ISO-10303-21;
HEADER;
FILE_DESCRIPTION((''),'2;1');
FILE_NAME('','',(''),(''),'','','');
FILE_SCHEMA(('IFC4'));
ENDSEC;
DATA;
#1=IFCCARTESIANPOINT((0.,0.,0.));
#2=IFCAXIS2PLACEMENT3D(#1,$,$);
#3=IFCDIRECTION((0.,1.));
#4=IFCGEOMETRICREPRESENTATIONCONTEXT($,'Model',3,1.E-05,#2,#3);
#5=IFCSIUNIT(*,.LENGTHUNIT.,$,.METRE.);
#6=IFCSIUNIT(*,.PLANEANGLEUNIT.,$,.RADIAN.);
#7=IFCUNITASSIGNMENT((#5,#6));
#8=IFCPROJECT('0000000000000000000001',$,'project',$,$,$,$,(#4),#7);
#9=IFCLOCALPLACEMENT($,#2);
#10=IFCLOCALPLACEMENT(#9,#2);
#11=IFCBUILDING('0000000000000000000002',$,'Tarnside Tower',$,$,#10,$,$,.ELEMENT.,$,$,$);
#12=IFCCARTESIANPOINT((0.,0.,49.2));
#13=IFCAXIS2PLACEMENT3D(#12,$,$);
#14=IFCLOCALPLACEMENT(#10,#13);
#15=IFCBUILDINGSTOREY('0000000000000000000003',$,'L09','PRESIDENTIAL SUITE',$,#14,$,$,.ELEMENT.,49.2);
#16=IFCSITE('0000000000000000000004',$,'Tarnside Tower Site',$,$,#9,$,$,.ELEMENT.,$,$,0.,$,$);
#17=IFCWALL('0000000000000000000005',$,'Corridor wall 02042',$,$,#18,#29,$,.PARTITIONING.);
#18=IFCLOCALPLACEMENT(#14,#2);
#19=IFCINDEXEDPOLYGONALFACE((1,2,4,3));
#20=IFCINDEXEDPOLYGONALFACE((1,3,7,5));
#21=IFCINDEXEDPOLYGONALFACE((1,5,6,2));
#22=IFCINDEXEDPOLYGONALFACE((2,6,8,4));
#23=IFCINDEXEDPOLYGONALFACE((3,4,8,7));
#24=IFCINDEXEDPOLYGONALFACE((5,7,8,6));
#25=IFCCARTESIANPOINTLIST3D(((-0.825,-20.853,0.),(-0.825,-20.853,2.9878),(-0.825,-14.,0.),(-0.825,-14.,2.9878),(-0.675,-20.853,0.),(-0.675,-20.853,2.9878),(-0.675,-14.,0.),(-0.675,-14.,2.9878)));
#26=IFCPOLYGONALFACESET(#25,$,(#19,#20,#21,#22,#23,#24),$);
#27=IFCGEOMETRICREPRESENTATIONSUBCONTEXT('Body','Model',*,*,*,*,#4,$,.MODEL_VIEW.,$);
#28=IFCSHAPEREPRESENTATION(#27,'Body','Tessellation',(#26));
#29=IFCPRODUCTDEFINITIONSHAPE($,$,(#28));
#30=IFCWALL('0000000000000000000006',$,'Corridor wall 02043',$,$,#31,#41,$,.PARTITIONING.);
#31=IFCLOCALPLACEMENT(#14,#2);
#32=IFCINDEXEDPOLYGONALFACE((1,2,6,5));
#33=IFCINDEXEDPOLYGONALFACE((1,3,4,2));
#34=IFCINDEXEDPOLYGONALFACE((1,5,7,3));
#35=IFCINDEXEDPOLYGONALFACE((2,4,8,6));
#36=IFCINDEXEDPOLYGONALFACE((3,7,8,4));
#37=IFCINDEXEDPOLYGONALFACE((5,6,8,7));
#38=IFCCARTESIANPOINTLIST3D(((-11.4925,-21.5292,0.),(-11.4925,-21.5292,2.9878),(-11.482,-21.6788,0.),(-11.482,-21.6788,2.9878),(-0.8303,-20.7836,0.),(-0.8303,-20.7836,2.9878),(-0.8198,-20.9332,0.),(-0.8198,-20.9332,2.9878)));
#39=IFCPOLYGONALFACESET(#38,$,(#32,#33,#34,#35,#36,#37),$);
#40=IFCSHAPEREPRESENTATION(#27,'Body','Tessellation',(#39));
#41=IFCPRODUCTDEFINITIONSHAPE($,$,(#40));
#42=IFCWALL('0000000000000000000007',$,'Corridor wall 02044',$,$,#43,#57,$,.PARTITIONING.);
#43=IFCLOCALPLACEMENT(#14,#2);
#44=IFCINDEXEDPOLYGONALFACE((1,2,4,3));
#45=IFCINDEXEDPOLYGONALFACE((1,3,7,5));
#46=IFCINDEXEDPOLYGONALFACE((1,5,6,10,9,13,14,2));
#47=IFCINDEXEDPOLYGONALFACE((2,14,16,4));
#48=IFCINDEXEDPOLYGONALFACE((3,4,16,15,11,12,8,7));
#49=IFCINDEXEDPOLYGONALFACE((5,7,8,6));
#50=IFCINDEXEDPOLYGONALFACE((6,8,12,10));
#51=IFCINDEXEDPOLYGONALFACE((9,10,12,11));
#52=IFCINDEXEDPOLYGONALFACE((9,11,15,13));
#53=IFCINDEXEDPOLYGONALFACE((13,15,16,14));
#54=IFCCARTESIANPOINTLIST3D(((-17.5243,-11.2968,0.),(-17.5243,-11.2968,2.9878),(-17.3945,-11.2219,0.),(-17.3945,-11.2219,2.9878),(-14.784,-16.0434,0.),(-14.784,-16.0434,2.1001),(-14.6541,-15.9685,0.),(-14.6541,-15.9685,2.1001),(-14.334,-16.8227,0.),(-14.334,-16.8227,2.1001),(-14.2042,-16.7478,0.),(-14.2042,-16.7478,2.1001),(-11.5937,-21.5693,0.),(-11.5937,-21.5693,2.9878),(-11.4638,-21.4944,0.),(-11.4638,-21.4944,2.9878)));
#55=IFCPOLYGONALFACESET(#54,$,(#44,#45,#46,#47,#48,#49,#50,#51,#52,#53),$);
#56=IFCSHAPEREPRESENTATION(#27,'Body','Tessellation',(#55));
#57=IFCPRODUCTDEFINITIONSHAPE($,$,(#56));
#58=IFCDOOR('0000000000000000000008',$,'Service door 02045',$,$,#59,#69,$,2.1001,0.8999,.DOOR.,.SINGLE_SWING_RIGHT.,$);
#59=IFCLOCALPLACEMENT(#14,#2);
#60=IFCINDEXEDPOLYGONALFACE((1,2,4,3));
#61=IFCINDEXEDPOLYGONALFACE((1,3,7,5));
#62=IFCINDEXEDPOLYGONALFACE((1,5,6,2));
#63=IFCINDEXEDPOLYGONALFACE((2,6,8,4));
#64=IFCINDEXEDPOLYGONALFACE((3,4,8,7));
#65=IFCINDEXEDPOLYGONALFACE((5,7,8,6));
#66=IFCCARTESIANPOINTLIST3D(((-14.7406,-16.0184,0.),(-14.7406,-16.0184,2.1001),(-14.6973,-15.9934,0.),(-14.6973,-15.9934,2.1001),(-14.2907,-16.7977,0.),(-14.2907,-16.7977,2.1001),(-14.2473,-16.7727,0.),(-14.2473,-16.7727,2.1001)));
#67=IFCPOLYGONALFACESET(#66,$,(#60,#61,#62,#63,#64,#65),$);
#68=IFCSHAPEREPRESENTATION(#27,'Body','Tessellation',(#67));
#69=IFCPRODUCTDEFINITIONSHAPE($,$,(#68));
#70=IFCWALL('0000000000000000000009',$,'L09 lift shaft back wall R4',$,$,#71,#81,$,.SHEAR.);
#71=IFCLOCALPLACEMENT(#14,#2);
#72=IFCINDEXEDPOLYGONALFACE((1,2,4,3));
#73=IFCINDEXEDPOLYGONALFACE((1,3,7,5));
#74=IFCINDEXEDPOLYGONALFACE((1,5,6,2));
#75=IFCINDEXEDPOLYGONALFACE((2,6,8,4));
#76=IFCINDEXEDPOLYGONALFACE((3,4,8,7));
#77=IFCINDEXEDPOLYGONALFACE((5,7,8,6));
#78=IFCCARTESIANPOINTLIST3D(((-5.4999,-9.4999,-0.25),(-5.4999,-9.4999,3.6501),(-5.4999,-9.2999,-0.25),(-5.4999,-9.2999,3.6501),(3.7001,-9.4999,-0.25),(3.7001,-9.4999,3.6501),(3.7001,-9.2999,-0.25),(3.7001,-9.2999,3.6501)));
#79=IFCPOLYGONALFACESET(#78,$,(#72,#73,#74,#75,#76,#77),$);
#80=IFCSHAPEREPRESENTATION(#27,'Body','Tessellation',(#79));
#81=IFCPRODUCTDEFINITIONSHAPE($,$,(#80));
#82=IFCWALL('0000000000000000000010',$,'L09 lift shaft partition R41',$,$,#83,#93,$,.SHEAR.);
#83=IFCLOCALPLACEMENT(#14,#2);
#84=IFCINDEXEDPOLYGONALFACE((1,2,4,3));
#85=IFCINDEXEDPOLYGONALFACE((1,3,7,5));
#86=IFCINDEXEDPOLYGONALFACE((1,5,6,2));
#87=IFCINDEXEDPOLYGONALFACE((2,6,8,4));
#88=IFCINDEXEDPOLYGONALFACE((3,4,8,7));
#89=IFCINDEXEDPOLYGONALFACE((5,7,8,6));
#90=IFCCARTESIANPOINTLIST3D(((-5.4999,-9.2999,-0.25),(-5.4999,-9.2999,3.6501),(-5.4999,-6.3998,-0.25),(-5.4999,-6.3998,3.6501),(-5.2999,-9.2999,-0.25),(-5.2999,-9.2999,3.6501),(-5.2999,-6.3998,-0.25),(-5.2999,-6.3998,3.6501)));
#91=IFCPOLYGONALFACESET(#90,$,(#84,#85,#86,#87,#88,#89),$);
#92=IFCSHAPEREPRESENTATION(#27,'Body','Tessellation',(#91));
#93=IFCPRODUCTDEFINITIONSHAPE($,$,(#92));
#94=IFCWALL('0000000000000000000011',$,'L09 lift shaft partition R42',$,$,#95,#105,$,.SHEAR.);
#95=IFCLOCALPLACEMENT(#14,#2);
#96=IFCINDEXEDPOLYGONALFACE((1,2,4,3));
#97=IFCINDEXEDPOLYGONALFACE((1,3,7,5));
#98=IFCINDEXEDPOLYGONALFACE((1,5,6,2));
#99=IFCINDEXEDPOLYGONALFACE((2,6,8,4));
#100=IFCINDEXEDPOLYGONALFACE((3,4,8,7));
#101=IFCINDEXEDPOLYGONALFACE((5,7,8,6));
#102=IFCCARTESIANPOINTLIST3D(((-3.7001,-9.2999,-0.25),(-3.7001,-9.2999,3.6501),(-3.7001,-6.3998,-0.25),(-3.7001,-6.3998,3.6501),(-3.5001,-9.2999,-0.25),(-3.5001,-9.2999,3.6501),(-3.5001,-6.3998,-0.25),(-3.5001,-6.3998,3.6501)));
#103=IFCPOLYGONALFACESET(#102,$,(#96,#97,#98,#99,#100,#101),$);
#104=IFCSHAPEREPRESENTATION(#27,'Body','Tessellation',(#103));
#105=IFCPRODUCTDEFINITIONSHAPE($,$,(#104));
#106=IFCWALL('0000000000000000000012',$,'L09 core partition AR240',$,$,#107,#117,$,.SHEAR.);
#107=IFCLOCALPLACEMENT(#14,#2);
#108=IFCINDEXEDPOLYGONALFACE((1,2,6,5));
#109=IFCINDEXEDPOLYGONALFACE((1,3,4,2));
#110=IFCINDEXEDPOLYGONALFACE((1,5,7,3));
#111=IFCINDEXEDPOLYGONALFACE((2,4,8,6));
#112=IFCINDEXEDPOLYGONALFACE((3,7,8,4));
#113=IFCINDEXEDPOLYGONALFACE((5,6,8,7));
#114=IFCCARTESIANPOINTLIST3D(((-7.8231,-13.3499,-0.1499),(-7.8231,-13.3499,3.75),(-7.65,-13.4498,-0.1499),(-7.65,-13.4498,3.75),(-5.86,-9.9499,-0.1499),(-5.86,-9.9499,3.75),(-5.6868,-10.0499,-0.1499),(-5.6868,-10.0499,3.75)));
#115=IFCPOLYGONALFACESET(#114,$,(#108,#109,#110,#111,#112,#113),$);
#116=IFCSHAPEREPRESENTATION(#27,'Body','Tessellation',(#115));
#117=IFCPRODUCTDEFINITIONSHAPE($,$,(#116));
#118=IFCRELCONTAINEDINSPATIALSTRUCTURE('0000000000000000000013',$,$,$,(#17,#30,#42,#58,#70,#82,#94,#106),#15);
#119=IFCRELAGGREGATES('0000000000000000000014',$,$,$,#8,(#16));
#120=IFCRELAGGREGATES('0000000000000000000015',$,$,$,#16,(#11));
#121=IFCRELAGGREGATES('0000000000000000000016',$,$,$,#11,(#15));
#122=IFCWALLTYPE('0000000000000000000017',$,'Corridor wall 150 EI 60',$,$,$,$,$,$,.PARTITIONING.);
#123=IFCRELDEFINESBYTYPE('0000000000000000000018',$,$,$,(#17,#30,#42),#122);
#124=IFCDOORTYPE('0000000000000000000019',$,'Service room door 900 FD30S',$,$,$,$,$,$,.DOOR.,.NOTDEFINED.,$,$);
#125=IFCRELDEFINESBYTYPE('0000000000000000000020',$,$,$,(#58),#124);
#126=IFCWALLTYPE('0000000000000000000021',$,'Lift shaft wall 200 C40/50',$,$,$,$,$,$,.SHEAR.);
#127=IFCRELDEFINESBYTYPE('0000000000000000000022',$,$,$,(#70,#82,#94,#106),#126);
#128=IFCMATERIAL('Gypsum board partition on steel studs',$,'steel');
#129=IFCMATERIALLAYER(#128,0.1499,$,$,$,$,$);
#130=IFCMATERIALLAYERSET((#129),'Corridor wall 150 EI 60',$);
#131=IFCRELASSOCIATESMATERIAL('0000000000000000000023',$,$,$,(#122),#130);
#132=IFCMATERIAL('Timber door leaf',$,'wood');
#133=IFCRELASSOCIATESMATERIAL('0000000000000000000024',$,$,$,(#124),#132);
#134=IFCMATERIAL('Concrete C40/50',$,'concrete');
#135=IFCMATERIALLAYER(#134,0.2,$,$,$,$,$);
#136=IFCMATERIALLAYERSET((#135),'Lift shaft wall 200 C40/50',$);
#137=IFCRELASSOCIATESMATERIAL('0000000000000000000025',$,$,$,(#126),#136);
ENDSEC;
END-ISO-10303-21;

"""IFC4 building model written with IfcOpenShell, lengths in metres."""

from ifc_helpers import new_model, si_unit, direction, frame, frame_2d, origin, place, context, subcontext, project, spatial, rectangle, extrude, material, layer, layer_set, type_object, element, fill, save


model = new_model("IFC4")

# Units and contexts
model_context = context("Model", 3, precision=1e-05, world=origin(), true_north=direction((0.0, 1.0)))
body_context = subcontext(model_context, "Body", "Model", "MODEL_VIEW")
ifc_project = project(units=[si_unit("LENGTHUNIT", "METRE"), si_unit("PLANEANGLEUNIT", "RADIAN")], contexts=[model_context])

# Site, building, storey
site_placement = place(None, origin())
site = spatial("IfcSite", under=ifc_project, at=site_placement, Name="Tarnside Tower Site", CompositionType="ELEMENT", RefElevation=0.0)
building_placement = place(site_placement, origin())
building = spatial("IfcBuilding", under=site, at=building_placement, Name="Tarnside Tower", CompositionType="ELEMENT")
storey_placement = place(building_placement, frame((0.0, 0.0, 49.2)))
storey = spatial("IfcBuildingStorey", under=building, at=storey_placement, Name="L09", Description="PRESIDENTIAL SUITE", CompositionType="ELEMENT", Elevation=49.2)

# Shared definitions
ifc_material_1 = material(Name="Gypsum board partition on steel studs", Category="steel")
ifc_material_2 = material(Name="Timber door leaf", Category="wood")

# Shared definitions
ifc_layer_1 = layer(ifc_material_1, 0.1499)
ifc_layer_set_1 = layer_set([ifc_layer_1], Name="Corridor wall 150 EI 60")
wall_type_1 = type_object("IfcWallType", Name="Corridor wall 150 EI 60", PredefinedType="PARTITIONING", material=ifc_layer_set_1)

# Walls
wall_1_placement = place(storey_placement, frame((-0.75, -14.0, 0.0), z_axis=(0.0, 0.0, 1.0), x_axis=(0.0, -1.0, 0.0)))
element("IfcWall", 1, at=wall_1_placement, inside=storey, type_object=wall_type_1, Name="Corridor wall 02042", PredefinedType="PARTITIONING", context=body_context, shape_type="SweptSolid", body=[
    extrude(rectangle(XDim=6.853, YDim=0.1499, at=frame_2d((3.4265, 0.0))), origin(), (0.0, 0.0, 1.0), 2.9878),
])
wall_2_placement = place(storey_placement, frame((-0.825, -20.8584, 0.0), z_axis=(0.0, 0.0, 1.0), x_axis=(-0.997564, -0.06976, 0.0)))
element("IfcWall", 2, at=wall_2_placement, inside=storey, type_object=wall_type_1, Name="Corridor wall 02043", PredefinedType="PARTITIONING", context=body_context, shape_type="SweptSolid", body=[
    extrude(rectangle(XDim=10.6882, YDim=0.1499, at=frame_2d((5.3442, 0.0))), origin(), (0.0, 0.0, 1.0), 2.9878),
])

# Wall, opening, door
wall_3_placement = place(storey_placement, frame((-11.5288, -21.5317, 0.0), z_axis=(0.0, 0.0, 1.0), x_axis=(-0.499991, 0.866031, 0.0)))
wall_3 = element("IfcWall", 3, at=wall_3_placement, inside=storey, type_object=wall_type_1, Name="Corridor wall 02044", PredefinedType="PARTITIONING", context=body_context, shape_type="SweptSolid", body=[
    extrude(rectangle(XDim=11.8616, YDim=0.1499, at=frame_2d((5.9307, 0.0))), origin(), (0.0, 0.0, 1.0), 2.9878),
])
opening_1_placement = place(wall_3_placement, frame((5.4807, 0.0, 0.0)))
opening_1 = element("IfcOpeningElement", 4, at=opening_1_placement, cuts=wall_3, PredefinedType="OPENING", context=body_context, shape_type="SweptSolid", body=[
    extrude(rectangle(XDim=0.8999, YDim=2.1001, at=frame_2d((0.45, 1.05))), frame((0.0, 0.085, 0.0), z_axis=(0.0, -1.0, 0.0), x_axis=(1.0, 0.0, 0.0)), (0.0, 0.0, 1.0), 0.1699),
])
door_type_1 = type_object("IfcDoorType", Name="Service room door 900 FD30S", OperationType="NOTDEFINED", PredefinedType="DOOR", material=ifc_material_2)
door_1_placement = place(opening_1_placement, origin())
door_1 = element("IfcDoor", 5, at=door_1_placement, inside=storey, type_object=door_type_1, Name="Service door 02045", OperationType="SINGLE_SWING_RIGHT", OverallHeight=2.1001, OverallWidth=0.8999, PredefinedType="DOOR", context=body_context, shape_type="SweptSolid", body=[
    extrude(rectangle(XDim=0.8999, YDim=2.1001, at=frame_2d((0.45, 1.05))), frame((0.0, 0.0249, 0.0), z_axis=(0.0, -1.0, 0.0), x_axis=(1.0, 0.0, 0.0)), (0.0, 0.0, 1.0), 0.05),
])
fill(opening_1, door_1)

# Walls
ifc_material_3 = material(Name="Concrete C40/50", Category="concrete")
ifc_layer_2 = layer(ifc_material_3, 0.2)
ifc_layer_set_2 = layer_set([ifc_layer_2], Name="Lift shaft wall 200 C40/50")
wall_type_2 = type_object("IfcWallType", Name="Lift shaft wall 200 C40/50", PredefinedType="SHEAR", material=ifc_layer_set_2)
wall_4_placement = place(storey_placement, frame((-5.5, -9.3999, -0.25), z_axis=(0.0, 0.0, 1.0), x_axis=(1.0, 0.0, 0.0)))
element("IfcWall", 6, at=wall_4_placement, inside=storey, type_object=wall_type_2, Name="L09 lift shaft back wall R4", PredefinedType="SHEAR", context=body_context, shape_type="SweptSolid", body=[
    extrude(rectangle(XDim=9.2, YDim=0.2, at=frame_2d((4.6001, 0.0))), origin(), (0.0, 0.0, 1.0), 3.9001),
])
for number, where, z_axis, x_axis, name in (
    (7, (-5.3999, -9.3, -0.25), (0.0, 0.0, 1.0), (0.0, 1.0, 0.0), "L09 lift shaft partition R41"),
    (8, (-3.6001, -9.3, -0.25), (0.0, 0.0, 1.0), (0.0, 1.0, 0.0), "L09 lift shaft partition R42"),
):
    element("IfcWall", number, at=place(storey_placement, frame(where, z_axis=z_axis, x_axis=x_axis)), inside=storey, type_object=wall_type_2, Name=name, PredefinedType="SHEAR", context=body_context, shape_type="SweptSolid", body=[
        extrude(rectangle(XDim=2.9001, YDim=0.2, at=frame_2d((1.4502, 0.0))), origin(), (0.0, 0.0, 1.0), 3.9001),
    ])
wall_5_placement = place(storey_placement, frame((-5.7734, -10.0, -0.1499), z_axis=(0.0, 0.0, 1.0), x_axis=(-0.500038, -0.866003, 0.0)))
element("IfcWall", 9, at=wall_5_placement, inside=storey, type_object=wall_type_2, Name="L09 core partition AR240", PredefinedType="SHEAR", context=body_context, shape_type="SweptSolid", body=[
    extrude(rectangle(XDim=3.926, YDim=0.2, at=frame_2d((1.9629, 0.0))), origin(), (0.0, 0.0, 1.0), 3.8999),
])

save(model, "model.ifc")
